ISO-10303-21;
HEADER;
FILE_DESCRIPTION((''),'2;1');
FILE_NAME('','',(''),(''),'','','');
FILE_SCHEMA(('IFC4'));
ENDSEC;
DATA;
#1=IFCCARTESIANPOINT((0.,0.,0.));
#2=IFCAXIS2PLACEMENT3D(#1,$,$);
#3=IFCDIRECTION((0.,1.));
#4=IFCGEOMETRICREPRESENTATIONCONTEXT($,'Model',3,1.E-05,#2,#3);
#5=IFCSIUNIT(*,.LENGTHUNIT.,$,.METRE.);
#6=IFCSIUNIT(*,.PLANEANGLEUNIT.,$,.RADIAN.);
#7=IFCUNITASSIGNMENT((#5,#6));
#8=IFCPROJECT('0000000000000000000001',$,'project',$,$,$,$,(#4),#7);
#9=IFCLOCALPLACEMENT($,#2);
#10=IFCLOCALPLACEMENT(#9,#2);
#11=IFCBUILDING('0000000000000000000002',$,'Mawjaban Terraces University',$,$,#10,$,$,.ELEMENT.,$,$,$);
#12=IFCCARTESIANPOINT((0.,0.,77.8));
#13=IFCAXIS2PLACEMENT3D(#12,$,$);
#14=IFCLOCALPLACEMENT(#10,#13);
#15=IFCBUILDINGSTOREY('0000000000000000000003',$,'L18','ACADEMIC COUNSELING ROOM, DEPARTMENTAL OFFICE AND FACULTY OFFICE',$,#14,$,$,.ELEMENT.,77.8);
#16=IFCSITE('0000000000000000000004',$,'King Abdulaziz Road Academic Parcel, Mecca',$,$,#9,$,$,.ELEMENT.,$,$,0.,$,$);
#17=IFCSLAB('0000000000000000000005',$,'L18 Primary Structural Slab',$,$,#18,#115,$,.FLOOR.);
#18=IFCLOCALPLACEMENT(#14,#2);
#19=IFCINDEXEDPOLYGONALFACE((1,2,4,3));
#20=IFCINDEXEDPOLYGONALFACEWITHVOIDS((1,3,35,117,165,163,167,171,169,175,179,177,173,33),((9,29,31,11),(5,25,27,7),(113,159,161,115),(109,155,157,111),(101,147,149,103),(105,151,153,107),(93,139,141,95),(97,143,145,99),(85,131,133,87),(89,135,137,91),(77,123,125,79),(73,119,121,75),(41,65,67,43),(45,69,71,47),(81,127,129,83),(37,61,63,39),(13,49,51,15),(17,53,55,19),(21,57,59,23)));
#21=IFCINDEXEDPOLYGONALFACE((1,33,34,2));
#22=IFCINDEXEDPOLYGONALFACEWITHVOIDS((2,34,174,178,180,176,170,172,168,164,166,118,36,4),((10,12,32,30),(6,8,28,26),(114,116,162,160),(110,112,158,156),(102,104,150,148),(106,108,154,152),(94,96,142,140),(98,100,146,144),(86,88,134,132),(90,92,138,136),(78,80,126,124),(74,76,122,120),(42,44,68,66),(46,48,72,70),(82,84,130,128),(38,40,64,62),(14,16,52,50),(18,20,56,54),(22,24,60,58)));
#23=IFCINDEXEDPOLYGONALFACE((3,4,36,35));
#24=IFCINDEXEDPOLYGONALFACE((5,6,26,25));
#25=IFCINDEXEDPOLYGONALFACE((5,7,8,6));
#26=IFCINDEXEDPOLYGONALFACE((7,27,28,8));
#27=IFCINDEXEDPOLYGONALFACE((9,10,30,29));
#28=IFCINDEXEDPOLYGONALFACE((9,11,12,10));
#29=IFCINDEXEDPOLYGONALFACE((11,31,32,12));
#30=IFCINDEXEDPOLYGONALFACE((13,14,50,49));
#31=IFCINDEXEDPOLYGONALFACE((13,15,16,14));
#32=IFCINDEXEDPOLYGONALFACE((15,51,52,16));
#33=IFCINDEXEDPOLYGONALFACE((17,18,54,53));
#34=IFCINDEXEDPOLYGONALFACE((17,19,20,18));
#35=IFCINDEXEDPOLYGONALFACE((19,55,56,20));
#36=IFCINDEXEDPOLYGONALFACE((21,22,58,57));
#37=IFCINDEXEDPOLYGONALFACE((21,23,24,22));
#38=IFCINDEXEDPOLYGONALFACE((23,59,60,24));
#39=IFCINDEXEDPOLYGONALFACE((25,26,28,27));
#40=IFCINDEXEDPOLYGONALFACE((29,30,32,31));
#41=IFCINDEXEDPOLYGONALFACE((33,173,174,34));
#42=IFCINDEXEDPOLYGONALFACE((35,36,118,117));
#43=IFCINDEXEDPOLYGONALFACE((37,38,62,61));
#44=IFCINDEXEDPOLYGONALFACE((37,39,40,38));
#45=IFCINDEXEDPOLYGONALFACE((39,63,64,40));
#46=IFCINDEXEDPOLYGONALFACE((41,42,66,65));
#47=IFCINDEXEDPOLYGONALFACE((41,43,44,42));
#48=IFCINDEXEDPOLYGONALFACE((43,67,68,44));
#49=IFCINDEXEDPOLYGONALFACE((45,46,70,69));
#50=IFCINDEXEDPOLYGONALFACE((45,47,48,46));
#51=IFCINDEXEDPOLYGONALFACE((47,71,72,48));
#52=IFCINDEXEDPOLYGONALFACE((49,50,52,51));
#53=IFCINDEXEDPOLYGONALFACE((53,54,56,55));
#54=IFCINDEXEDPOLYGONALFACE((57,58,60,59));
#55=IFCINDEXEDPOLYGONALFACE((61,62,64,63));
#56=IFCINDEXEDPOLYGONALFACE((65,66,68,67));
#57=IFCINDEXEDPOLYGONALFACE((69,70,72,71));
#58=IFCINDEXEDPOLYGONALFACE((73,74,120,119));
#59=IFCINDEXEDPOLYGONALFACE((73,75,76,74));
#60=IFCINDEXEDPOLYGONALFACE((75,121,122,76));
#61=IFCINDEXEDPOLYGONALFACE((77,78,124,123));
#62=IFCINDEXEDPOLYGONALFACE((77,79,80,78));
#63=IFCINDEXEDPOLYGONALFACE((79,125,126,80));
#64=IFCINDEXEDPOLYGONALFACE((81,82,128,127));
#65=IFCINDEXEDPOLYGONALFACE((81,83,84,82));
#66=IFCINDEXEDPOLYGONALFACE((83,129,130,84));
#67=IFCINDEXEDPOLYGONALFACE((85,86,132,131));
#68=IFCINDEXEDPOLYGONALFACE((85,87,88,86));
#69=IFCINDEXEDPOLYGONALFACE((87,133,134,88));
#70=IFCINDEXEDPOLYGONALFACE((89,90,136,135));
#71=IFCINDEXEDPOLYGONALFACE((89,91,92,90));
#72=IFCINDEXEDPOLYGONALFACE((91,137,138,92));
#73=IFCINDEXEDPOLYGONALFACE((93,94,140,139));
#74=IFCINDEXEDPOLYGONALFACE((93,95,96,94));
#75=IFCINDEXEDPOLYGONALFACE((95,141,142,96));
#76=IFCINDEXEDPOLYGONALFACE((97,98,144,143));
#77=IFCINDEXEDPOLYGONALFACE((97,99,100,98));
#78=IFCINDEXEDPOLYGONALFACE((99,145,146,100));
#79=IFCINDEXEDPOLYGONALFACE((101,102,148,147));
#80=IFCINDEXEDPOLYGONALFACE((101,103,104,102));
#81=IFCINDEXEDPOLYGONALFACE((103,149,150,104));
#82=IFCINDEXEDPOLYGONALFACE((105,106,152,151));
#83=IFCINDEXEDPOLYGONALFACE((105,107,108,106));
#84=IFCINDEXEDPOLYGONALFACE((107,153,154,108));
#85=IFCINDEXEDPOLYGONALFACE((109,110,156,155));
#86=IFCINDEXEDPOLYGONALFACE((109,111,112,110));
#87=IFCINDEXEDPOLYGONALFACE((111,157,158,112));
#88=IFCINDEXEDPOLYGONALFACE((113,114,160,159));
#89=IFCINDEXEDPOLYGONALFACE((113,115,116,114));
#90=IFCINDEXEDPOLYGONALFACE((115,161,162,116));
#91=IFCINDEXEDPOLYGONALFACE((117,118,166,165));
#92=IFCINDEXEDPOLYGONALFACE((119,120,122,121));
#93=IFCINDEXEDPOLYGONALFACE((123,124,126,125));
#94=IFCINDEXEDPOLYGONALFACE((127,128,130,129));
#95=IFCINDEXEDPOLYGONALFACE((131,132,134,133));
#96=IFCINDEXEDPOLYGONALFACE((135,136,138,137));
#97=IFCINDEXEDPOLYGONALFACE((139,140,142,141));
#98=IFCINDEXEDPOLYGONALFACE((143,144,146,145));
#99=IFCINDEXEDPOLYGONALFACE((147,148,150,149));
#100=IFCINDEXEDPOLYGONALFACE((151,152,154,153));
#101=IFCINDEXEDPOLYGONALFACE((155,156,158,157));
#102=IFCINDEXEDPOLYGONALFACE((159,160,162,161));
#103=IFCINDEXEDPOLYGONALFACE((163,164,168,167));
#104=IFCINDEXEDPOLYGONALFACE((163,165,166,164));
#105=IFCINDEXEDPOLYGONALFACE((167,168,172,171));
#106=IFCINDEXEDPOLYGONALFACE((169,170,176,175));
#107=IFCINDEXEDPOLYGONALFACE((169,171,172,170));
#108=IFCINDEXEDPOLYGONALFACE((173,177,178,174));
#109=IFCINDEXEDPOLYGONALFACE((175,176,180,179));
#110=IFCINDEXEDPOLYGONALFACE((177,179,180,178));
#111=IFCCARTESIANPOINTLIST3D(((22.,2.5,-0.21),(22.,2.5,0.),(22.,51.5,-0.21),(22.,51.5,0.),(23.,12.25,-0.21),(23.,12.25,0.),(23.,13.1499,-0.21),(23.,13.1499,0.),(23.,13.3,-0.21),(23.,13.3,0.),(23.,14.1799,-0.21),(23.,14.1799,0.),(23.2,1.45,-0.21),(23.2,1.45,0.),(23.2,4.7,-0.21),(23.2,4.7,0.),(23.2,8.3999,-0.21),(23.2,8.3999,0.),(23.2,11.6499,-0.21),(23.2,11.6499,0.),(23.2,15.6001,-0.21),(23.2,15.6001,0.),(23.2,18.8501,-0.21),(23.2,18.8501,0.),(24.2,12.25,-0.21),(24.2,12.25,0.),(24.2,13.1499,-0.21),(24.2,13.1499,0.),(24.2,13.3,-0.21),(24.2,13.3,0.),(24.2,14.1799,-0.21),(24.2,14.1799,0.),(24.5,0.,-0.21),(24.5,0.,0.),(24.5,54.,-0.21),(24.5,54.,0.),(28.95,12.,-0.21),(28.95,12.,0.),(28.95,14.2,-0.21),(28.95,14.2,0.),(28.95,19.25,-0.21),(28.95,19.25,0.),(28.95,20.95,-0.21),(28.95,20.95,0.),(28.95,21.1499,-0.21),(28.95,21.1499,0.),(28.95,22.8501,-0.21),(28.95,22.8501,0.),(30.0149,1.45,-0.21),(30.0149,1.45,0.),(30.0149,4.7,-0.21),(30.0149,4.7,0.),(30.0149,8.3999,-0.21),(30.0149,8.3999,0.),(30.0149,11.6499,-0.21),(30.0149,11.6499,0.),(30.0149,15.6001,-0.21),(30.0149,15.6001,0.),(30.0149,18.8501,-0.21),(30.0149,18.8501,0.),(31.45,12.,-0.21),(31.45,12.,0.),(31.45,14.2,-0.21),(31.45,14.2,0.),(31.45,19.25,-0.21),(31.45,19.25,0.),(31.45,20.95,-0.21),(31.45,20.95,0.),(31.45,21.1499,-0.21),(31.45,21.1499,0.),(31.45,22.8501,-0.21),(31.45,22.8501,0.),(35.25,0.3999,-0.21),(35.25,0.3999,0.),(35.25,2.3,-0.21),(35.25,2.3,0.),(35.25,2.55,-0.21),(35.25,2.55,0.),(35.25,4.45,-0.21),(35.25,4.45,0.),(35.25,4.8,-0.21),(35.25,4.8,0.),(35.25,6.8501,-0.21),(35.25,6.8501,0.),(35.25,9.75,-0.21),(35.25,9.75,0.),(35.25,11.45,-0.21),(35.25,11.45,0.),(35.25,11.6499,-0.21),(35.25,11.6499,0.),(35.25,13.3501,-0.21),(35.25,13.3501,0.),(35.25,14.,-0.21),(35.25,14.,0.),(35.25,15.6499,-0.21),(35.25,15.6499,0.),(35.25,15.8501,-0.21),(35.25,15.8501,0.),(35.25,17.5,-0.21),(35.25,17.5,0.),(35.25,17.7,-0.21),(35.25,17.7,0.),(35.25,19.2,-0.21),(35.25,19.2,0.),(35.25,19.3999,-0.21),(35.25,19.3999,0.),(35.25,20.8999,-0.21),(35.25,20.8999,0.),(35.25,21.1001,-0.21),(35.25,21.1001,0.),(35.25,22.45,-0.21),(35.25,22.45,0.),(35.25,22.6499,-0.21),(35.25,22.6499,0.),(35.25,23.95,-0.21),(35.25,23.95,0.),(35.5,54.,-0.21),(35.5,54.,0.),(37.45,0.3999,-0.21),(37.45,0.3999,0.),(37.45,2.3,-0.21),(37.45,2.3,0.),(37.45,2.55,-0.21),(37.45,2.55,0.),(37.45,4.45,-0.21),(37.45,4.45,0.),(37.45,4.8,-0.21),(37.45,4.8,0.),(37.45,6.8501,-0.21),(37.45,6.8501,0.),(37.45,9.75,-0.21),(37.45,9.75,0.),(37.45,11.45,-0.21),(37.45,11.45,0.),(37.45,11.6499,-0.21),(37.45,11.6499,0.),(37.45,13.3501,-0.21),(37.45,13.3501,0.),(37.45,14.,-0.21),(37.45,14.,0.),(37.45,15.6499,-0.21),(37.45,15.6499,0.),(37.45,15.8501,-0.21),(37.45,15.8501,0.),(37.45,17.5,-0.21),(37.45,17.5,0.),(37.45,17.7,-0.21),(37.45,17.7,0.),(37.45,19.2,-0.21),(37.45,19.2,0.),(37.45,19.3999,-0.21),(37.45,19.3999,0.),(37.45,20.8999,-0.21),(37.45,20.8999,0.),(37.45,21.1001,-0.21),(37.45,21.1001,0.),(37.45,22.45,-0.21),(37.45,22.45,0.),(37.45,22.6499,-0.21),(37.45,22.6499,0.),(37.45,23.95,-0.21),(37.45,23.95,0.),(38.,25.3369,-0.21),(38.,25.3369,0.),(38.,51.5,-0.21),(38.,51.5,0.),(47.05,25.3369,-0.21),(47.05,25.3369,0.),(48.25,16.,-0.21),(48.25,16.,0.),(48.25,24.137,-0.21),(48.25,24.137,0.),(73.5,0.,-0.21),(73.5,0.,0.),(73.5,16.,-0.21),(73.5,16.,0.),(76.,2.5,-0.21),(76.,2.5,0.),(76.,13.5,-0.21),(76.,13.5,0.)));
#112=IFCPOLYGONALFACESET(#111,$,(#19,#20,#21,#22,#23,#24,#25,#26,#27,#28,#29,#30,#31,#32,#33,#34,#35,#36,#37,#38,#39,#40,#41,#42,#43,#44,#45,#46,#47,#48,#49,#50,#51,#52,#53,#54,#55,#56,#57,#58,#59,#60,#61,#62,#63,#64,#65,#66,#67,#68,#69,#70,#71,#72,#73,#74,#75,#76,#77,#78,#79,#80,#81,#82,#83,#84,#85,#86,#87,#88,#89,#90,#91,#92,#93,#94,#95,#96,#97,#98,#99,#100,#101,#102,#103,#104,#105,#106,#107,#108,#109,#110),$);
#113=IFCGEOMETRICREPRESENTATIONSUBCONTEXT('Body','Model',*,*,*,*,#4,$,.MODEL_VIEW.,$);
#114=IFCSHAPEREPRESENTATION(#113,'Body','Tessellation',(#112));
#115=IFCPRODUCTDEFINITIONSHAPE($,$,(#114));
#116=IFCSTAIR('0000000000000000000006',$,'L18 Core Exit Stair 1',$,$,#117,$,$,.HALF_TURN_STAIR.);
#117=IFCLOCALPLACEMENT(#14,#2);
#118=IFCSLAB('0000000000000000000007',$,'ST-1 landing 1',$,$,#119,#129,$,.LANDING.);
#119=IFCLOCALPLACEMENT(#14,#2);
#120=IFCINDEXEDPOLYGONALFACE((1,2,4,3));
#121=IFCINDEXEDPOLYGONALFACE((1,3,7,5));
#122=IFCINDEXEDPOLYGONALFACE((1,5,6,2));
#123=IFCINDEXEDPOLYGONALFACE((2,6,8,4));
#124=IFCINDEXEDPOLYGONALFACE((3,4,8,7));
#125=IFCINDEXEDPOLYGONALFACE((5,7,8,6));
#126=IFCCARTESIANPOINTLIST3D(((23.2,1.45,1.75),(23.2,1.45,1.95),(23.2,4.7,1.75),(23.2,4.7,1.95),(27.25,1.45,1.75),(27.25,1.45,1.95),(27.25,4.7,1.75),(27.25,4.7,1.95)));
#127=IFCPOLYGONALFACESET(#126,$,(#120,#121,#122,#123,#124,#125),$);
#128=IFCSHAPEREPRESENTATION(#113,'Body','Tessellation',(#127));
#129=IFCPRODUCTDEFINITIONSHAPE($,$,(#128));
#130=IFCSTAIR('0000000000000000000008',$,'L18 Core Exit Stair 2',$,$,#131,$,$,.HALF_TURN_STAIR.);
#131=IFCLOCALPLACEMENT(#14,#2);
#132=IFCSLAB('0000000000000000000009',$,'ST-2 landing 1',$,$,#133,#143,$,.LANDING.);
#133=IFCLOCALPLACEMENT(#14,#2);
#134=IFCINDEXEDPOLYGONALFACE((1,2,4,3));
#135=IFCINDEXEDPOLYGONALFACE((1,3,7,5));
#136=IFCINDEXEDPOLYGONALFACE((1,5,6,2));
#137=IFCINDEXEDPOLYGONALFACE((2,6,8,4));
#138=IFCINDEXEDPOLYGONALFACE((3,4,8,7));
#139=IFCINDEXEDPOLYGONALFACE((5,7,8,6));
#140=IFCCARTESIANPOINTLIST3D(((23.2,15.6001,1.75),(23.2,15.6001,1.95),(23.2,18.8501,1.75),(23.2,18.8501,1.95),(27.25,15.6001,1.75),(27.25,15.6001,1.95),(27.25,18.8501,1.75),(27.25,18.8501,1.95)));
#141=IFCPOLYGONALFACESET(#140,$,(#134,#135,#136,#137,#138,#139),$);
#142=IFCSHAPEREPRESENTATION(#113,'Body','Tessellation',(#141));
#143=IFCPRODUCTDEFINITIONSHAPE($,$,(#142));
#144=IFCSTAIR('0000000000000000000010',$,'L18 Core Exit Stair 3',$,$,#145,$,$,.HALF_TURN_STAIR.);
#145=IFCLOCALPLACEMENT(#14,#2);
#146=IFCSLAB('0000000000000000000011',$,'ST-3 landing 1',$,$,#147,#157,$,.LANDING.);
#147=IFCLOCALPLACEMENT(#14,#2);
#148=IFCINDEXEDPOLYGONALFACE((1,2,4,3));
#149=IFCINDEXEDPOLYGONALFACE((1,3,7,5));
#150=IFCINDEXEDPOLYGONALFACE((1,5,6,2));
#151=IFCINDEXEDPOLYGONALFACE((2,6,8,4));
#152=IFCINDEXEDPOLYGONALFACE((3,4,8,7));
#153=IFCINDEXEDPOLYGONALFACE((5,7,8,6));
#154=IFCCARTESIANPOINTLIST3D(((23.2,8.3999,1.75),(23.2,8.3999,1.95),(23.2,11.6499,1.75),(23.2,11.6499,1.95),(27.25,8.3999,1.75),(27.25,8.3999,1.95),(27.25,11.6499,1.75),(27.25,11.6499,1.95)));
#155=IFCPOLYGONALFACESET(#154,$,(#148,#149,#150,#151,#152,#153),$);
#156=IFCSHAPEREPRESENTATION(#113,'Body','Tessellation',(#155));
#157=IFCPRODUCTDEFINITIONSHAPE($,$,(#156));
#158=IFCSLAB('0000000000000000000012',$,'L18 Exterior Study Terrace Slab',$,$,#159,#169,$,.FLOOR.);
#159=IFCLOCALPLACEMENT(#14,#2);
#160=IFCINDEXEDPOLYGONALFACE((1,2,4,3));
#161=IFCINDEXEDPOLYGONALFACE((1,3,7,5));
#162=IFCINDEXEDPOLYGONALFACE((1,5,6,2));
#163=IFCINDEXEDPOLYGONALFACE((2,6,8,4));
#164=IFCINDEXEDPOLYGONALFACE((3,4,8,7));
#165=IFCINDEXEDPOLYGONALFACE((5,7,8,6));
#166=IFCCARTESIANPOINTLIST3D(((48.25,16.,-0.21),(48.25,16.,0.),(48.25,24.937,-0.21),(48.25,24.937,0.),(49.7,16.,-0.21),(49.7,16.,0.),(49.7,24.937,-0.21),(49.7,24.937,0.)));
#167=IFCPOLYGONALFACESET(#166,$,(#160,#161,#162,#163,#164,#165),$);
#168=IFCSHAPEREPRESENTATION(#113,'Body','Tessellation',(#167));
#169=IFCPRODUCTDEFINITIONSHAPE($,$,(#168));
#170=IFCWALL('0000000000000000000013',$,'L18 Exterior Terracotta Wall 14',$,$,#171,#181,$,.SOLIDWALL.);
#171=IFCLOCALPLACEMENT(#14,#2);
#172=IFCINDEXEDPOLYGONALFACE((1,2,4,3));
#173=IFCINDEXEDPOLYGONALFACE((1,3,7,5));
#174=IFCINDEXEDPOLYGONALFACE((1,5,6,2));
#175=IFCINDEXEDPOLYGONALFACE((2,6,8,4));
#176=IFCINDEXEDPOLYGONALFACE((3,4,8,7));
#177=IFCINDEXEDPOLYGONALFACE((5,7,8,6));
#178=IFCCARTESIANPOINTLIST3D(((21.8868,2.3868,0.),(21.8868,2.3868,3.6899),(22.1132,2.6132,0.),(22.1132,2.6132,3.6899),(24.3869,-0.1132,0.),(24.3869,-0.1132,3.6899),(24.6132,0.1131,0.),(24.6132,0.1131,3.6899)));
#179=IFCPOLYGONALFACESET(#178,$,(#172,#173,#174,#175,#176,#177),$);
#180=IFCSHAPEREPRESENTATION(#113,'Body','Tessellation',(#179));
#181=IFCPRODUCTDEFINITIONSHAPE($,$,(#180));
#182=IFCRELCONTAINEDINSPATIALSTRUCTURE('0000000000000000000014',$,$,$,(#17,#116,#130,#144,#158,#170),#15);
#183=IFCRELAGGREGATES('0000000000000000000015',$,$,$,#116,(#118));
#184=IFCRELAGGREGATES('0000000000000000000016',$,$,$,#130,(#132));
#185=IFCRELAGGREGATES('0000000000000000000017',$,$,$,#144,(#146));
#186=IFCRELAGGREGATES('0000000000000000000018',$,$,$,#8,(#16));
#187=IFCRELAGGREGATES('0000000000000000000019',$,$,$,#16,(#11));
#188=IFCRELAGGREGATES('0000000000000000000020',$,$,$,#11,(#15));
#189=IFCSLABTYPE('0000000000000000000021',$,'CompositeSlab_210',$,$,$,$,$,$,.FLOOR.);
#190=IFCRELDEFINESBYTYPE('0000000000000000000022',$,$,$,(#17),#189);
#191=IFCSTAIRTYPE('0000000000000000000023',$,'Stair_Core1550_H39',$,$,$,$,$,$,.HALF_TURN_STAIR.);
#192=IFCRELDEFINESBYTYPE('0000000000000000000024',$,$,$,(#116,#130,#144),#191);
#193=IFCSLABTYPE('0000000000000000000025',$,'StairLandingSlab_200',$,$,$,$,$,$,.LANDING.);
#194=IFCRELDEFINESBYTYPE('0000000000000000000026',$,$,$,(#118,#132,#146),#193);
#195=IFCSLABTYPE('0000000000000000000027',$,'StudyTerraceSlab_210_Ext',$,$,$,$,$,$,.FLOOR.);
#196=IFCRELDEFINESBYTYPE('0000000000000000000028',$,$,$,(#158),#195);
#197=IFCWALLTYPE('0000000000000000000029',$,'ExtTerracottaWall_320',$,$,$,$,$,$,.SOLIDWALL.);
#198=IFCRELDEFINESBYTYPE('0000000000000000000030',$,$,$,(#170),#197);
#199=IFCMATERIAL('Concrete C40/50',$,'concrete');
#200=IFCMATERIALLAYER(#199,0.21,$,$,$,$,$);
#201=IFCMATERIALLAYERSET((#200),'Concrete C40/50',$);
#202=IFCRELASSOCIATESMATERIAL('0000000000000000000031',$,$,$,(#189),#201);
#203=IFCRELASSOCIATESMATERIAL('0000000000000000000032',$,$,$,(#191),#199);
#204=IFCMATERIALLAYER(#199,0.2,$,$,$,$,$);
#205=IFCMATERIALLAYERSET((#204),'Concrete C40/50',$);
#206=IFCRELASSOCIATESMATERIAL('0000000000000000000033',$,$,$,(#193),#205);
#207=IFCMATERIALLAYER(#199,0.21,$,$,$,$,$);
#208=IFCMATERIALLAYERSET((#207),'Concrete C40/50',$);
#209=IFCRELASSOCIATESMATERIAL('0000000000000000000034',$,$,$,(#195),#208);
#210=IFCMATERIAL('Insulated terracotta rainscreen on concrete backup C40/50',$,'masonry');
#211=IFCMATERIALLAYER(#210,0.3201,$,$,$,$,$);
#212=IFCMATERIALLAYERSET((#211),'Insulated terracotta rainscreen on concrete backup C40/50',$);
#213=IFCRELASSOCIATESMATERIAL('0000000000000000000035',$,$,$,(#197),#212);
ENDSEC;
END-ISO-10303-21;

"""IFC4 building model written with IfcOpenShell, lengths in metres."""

from ifc_helpers import new_model, si_unit, direction, frame, frame_2d, origin, place, context, subcontext, project, spatial, polyline, rectangle, outline, extrude, material, layer, layer_set, type_object, element, aggregate, save


model = new_model("IFC4")

# Units and contexts
model_context = context("Model", 3, precision=1e-05, world=origin(), true_north=direction((0.0, 1.0)))
body_context = subcontext(model_context, "Body", "Model", "MODEL_VIEW")
ifc_project = project(units=[si_unit("LENGTHUNIT", "METRE"), si_unit("PLANEANGLEUNIT", "RADIAN")], contexts=[model_context])

# Site, building, storey
site_placement = place(None, origin())
site = spatial("IfcSite", under=ifc_project, at=site_placement, Name="King Abdulaziz Road Academic Parcel, Mecca", CompositionType="ELEMENT", RefElevation=0.0)
building_placement = place(site_placement, origin())
building = spatial("IfcBuilding", under=site, at=building_placement, Name="Mawjaban Terraces University", CompositionType="ELEMENT")
storey_placement = place(building_placement, frame((0.0, 0.0, 77.8)))
storey = spatial("IfcBuildingStorey", under=building, at=storey_placement, Name="L18", Description="ACADEMIC COUNSELING ROOM, DEPARTMENTAL OFFICE AND FACULTY OFFICE", CompositionType="ELEMENT", Elevation=77.8)

# Slab
ifc_material_1 = material(Name="Concrete C40/50", Category="concrete")
ifc_layer_1 = layer(ifc_material_1, 0.21)
ifc_layer_set_1 = layer_set([ifc_layer_1], Name="Concrete C40/50")
slab_type_1 = type_object("IfcSlabType", Name="CompositeSlab_210", PredefinedType="FLOOR", material=ifc_layer_set_1)
slab_1_placement = place(storey_placement, frame((0.0, 0.0, -0.21)))
element("IfcSlab", 1, at=slab_1_placement, inside=storey, type_object=slab_type_1, Name="L18 Primary Structural Slab", PredefinedType="FLOOR", context=body_context, shape_type="SweptSolid", body=[
    extrude(outline(polyline([(24.5, 0.0), (73.5, 0.0), (76.0, 2.5), (76.0, 13.5), (73.5, 16.0), (48.25, 16.0), (48.25, 24.137), (47.05, 25.3369), (38.0, 25.3369), (38.0, 51.5), (35.5, 54.0), (24.5, 54.0), (22.0, 51.5), (22.0, 2.5), (24.5, 0.0)]), holes=[polyline([(30.0149, 4.7), (23.2, 4.7), (23.2, 1.45), (30.0149, 1.45), (30.0149, 4.7)]), polyline([(30.0149, 18.8501), (23.2, 18.8501), (23.2, 15.6001), (30.0149, 15.6001), (30.0149, 18.8501)]), polyline([(30.0149, 11.6499), (23.2, 11.6499), (23.2, 8.3999), (30.0149, 8.3999), (30.0149, 11.6499)]), polyline([(35.25, 0.3999), (37.45, 0.3999), (37.45, 2.3), (35.25, 2.3), (35.25, 0.3999)]), polyline([(35.25, 2.55), (37.45, 2.55), (37.45, 4.45), (35.25, 4.45), (35.25, 2.55)]), polyline([(35.25, 4.8), (37.45, 4.8), (37.45, 6.8501), (35.25, 6.8501), (35.25, 4.8)]), polyline([(35.25, 9.75), (37.45, 9.75), (37.45, 11.45), (35.25, 11.45), (35.25, 9.75)]), polyline([(35.25, 11.6499), (37.45, 11.6499), (37.45, 13.3501), (35.25, 13.3501), (35.25, 11.6499)]), polyline([(28.95, 12.0), (31.45, 12.0), (31.45, 14.2), (28.95, 14.2), (28.95, 12.0)]), polyline([(35.25, 14.0), (37.45, 14.0), (37.45, 15.6499), (35.25, 15.6499), (35.25, 14.0)]), polyline([(35.25, 15.8501), (37.45, 15.8501), (37.45, 17.5), (35.25, 17.5), (35.25, 15.8501)]), polyline([(35.25, 17.7), (37.45, 17.7), (37.45, 19.2), (35.25, 19.2), (35.25, 17.7)]), polyline([(35.25, 19.3999), (37.45, 19.3999), (37.45, 20.8999), (35.25, 20.8999), (35.25, 19.3999)]), polyline([(28.95, 19.25), (31.45, 19.25), (31.45, 20.95), (28.95, 20.95), (28.95, 19.25)]), polyline([(35.25, 21.1001), (37.45, 21.1001), (37.45, 22.45), (35.25, 22.45), (35.25, 21.1001)]), polyline([(35.25, 22.6499), (37.45, 22.6499), (37.45, 23.95), (35.25, 23.95), (35.25, 22.6499)]), polyline([(28.95, 21.1499), (31.45, 21.1499), (31.45, 22.8501), (28.95, 22.8501), (28.95, 21.1499)]), polyline([(23.0, 12.25), (24.2, 12.25), (24.2, 13.1499), (23.0, 13.1499), (23.0, 12.25)]), polyline([(23.0, 13.3), (24.2, 13.3), (24.2, 14.1799), (23.0, 14.1799), (23.0, 13.3)])]), origin(), (0.0, 0.0, 1.0), 0.21),
])

# Stairs, slabs
stair_type = type_object("IfcStairType", Name="Stair_Core1550_H39", PredefinedType="HALF_TURN_STAIR", material=ifc_material_1)
stair_1_placement = place(storey_placement, origin())
stair_1 = element("IfcStair", 2, at=stair_1_placement, inside=storey, type_object=stair_type, Name="L18 Core Exit Stair 1", PredefinedType="HALF_TURN_STAIR")
ifc_layer_2 = layer(ifc_material_1, 0.2)
ifc_layer_set_2 = layer_set([ifc_layer_2], Name="Concrete C40/50")
slab_type_2 = type_object("IfcSlabType", Name="StairLandingSlab_200", PredefinedType="LANDING", material=ifc_layer_set_2)
slab_2_placement = place(storey_placement, frame((0.0, 0.0, 1.75)))
slab_2 = element("IfcSlab", 3, at=slab_2_placement, type_object=slab_type_2, Name="ST-1 landing 1", PredefinedType="LANDING", context=body_context, shape_type="SweptSolid", body=[
    extrude(outline(polyline([(27.25, 4.7), (23.2, 4.7), (23.2, 1.45), (27.25, 1.45), (27.25, 4.7)])), origin(), (0.0, 0.0, 1.0), 0.2),
])
aggregate(stair_1, [slab_2])
stair_2_placement = place(storey_placement, origin())
stair_2 = element("IfcStair", 4, at=stair_2_placement, inside=storey, type_object=stair_type, Name="L18 Core Exit Stair 2", PredefinedType="HALF_TURN_STAIR")
slab_3_placement = place(storey_placement, frame((0.0, 0.0, 1.75)))
slab_3 = element("IfcSlab", 5, at=slab_3_placement, type_object=slab_type_2, Name="ST-2 landing 1", PredefinedType="LANDING", context=body_context, shape_type="SweptSolid", body=[
    extrude(outline(polyline([(27.25, 18.8501), (23.2, 18.8501), (23.2, 15.6001), (27.25, 15.6001), (27.25, 18.8501)])), origin(), (0.0, 0.0, 1.0), 0.2),
])
aggregate(stair_2, [slab_3])
stair_3_placement = place(storey_placement, origin())
stair_3 = element("IfcStair", 6, at=stair_3_placement, inside=storey, type_object=stair_type, Name="L18 Core Exit Stair 3", PredefinedType="HALF_TURN_STAIR")
slab_4_placement = place(storey_placement, frame((0.0, 0.0, 1.75)))
slab_4 = element("IfcSlab", 7, at=slab_4_placement, type_object=slab_type_2, Name="ST-3 landing 1", PredefinedType="LANDING", context=body_context, shape_type="SweptSolid", body=[
    extrude(outline(polyline([(27.25, 11.6499), (23.2, 11.6499), (23.2, 8.3999), (27.25, 8.3999), (27.25, 11.6499)])), origin(), (0.0, 0.0, 1.0), 0.2),
])
aggregate(stair_3, [slab_4])

# Slab
ifc_layer_3 = layer(ifc_material_1, 0.21)
ifc_layer_set_3 = layer_set([ifc_layer_3], Name="Concrete C40/50")
slab_type_3 = type_object("IfcSlabType", Name="StudyTerraceSlab_210_Ext", PredefinedType="FLOOR", material=ifc_layer_set_3)
slab_5_placement = place(storey_placement, frame((0.0, 0.0, -0.21)))
element("IfcSlab", 8, at=slab_5_placement, inside=storey, type_object=slab_type_3, Name="L18 Exterior Study Terrace Slab", PredefinedType="FLOOR", context=body_context, shape_type="SweptSolid", body=[
    extrude(outline(polyline([(48.25, 16.0), (49.7, 16.0), (49.7, 24.937), (48.25, 24.937), (48.25, 16.0)])), origin(), (0.0, 0.0, 1.0), 0.21),
])

# Wall
ifc_material_2 = material(Name="Insulated terracotta rainscreen on concrete backup C40/50", Category="masonry")
ifc_layer_4 = layer(ifc_material_2, 0.3201)
ifc_layer_set_4 = layer_set([ifc_layer_4], Name="Insulated terracotta rainscreen on concrete backup C40/50")
wall_type_1 = type_object("IfcWallType", Name="ExtTerracottaWall_320", PredefinedType="SOLIDWALL", material=ifc_layer_set_4)
wall_1_placement = place(storey_placement, frame((22.0, 2.5, 0.0), z_axis=(0.0, 0.0, 1.0), x_axis=(0.707107, -0.707107, 0.0)))
element("IfcWall", 9, at=wall_1_placement, inside=storey, type_object=wall_type_1, Name="L18 Exterior Terracotta Wall 14", PredefinedType="SOLIDWALL", context=body_context, shape_type="SweptSolid", body=[
    extrude(rectangle(XDim=3.5356, YDim=0.3201, at=frame_2d((1.7678, 0.0))), origin(), (0.0, 0.0, 1.0), 3.6899),
])

save(model, "model.ifc")
